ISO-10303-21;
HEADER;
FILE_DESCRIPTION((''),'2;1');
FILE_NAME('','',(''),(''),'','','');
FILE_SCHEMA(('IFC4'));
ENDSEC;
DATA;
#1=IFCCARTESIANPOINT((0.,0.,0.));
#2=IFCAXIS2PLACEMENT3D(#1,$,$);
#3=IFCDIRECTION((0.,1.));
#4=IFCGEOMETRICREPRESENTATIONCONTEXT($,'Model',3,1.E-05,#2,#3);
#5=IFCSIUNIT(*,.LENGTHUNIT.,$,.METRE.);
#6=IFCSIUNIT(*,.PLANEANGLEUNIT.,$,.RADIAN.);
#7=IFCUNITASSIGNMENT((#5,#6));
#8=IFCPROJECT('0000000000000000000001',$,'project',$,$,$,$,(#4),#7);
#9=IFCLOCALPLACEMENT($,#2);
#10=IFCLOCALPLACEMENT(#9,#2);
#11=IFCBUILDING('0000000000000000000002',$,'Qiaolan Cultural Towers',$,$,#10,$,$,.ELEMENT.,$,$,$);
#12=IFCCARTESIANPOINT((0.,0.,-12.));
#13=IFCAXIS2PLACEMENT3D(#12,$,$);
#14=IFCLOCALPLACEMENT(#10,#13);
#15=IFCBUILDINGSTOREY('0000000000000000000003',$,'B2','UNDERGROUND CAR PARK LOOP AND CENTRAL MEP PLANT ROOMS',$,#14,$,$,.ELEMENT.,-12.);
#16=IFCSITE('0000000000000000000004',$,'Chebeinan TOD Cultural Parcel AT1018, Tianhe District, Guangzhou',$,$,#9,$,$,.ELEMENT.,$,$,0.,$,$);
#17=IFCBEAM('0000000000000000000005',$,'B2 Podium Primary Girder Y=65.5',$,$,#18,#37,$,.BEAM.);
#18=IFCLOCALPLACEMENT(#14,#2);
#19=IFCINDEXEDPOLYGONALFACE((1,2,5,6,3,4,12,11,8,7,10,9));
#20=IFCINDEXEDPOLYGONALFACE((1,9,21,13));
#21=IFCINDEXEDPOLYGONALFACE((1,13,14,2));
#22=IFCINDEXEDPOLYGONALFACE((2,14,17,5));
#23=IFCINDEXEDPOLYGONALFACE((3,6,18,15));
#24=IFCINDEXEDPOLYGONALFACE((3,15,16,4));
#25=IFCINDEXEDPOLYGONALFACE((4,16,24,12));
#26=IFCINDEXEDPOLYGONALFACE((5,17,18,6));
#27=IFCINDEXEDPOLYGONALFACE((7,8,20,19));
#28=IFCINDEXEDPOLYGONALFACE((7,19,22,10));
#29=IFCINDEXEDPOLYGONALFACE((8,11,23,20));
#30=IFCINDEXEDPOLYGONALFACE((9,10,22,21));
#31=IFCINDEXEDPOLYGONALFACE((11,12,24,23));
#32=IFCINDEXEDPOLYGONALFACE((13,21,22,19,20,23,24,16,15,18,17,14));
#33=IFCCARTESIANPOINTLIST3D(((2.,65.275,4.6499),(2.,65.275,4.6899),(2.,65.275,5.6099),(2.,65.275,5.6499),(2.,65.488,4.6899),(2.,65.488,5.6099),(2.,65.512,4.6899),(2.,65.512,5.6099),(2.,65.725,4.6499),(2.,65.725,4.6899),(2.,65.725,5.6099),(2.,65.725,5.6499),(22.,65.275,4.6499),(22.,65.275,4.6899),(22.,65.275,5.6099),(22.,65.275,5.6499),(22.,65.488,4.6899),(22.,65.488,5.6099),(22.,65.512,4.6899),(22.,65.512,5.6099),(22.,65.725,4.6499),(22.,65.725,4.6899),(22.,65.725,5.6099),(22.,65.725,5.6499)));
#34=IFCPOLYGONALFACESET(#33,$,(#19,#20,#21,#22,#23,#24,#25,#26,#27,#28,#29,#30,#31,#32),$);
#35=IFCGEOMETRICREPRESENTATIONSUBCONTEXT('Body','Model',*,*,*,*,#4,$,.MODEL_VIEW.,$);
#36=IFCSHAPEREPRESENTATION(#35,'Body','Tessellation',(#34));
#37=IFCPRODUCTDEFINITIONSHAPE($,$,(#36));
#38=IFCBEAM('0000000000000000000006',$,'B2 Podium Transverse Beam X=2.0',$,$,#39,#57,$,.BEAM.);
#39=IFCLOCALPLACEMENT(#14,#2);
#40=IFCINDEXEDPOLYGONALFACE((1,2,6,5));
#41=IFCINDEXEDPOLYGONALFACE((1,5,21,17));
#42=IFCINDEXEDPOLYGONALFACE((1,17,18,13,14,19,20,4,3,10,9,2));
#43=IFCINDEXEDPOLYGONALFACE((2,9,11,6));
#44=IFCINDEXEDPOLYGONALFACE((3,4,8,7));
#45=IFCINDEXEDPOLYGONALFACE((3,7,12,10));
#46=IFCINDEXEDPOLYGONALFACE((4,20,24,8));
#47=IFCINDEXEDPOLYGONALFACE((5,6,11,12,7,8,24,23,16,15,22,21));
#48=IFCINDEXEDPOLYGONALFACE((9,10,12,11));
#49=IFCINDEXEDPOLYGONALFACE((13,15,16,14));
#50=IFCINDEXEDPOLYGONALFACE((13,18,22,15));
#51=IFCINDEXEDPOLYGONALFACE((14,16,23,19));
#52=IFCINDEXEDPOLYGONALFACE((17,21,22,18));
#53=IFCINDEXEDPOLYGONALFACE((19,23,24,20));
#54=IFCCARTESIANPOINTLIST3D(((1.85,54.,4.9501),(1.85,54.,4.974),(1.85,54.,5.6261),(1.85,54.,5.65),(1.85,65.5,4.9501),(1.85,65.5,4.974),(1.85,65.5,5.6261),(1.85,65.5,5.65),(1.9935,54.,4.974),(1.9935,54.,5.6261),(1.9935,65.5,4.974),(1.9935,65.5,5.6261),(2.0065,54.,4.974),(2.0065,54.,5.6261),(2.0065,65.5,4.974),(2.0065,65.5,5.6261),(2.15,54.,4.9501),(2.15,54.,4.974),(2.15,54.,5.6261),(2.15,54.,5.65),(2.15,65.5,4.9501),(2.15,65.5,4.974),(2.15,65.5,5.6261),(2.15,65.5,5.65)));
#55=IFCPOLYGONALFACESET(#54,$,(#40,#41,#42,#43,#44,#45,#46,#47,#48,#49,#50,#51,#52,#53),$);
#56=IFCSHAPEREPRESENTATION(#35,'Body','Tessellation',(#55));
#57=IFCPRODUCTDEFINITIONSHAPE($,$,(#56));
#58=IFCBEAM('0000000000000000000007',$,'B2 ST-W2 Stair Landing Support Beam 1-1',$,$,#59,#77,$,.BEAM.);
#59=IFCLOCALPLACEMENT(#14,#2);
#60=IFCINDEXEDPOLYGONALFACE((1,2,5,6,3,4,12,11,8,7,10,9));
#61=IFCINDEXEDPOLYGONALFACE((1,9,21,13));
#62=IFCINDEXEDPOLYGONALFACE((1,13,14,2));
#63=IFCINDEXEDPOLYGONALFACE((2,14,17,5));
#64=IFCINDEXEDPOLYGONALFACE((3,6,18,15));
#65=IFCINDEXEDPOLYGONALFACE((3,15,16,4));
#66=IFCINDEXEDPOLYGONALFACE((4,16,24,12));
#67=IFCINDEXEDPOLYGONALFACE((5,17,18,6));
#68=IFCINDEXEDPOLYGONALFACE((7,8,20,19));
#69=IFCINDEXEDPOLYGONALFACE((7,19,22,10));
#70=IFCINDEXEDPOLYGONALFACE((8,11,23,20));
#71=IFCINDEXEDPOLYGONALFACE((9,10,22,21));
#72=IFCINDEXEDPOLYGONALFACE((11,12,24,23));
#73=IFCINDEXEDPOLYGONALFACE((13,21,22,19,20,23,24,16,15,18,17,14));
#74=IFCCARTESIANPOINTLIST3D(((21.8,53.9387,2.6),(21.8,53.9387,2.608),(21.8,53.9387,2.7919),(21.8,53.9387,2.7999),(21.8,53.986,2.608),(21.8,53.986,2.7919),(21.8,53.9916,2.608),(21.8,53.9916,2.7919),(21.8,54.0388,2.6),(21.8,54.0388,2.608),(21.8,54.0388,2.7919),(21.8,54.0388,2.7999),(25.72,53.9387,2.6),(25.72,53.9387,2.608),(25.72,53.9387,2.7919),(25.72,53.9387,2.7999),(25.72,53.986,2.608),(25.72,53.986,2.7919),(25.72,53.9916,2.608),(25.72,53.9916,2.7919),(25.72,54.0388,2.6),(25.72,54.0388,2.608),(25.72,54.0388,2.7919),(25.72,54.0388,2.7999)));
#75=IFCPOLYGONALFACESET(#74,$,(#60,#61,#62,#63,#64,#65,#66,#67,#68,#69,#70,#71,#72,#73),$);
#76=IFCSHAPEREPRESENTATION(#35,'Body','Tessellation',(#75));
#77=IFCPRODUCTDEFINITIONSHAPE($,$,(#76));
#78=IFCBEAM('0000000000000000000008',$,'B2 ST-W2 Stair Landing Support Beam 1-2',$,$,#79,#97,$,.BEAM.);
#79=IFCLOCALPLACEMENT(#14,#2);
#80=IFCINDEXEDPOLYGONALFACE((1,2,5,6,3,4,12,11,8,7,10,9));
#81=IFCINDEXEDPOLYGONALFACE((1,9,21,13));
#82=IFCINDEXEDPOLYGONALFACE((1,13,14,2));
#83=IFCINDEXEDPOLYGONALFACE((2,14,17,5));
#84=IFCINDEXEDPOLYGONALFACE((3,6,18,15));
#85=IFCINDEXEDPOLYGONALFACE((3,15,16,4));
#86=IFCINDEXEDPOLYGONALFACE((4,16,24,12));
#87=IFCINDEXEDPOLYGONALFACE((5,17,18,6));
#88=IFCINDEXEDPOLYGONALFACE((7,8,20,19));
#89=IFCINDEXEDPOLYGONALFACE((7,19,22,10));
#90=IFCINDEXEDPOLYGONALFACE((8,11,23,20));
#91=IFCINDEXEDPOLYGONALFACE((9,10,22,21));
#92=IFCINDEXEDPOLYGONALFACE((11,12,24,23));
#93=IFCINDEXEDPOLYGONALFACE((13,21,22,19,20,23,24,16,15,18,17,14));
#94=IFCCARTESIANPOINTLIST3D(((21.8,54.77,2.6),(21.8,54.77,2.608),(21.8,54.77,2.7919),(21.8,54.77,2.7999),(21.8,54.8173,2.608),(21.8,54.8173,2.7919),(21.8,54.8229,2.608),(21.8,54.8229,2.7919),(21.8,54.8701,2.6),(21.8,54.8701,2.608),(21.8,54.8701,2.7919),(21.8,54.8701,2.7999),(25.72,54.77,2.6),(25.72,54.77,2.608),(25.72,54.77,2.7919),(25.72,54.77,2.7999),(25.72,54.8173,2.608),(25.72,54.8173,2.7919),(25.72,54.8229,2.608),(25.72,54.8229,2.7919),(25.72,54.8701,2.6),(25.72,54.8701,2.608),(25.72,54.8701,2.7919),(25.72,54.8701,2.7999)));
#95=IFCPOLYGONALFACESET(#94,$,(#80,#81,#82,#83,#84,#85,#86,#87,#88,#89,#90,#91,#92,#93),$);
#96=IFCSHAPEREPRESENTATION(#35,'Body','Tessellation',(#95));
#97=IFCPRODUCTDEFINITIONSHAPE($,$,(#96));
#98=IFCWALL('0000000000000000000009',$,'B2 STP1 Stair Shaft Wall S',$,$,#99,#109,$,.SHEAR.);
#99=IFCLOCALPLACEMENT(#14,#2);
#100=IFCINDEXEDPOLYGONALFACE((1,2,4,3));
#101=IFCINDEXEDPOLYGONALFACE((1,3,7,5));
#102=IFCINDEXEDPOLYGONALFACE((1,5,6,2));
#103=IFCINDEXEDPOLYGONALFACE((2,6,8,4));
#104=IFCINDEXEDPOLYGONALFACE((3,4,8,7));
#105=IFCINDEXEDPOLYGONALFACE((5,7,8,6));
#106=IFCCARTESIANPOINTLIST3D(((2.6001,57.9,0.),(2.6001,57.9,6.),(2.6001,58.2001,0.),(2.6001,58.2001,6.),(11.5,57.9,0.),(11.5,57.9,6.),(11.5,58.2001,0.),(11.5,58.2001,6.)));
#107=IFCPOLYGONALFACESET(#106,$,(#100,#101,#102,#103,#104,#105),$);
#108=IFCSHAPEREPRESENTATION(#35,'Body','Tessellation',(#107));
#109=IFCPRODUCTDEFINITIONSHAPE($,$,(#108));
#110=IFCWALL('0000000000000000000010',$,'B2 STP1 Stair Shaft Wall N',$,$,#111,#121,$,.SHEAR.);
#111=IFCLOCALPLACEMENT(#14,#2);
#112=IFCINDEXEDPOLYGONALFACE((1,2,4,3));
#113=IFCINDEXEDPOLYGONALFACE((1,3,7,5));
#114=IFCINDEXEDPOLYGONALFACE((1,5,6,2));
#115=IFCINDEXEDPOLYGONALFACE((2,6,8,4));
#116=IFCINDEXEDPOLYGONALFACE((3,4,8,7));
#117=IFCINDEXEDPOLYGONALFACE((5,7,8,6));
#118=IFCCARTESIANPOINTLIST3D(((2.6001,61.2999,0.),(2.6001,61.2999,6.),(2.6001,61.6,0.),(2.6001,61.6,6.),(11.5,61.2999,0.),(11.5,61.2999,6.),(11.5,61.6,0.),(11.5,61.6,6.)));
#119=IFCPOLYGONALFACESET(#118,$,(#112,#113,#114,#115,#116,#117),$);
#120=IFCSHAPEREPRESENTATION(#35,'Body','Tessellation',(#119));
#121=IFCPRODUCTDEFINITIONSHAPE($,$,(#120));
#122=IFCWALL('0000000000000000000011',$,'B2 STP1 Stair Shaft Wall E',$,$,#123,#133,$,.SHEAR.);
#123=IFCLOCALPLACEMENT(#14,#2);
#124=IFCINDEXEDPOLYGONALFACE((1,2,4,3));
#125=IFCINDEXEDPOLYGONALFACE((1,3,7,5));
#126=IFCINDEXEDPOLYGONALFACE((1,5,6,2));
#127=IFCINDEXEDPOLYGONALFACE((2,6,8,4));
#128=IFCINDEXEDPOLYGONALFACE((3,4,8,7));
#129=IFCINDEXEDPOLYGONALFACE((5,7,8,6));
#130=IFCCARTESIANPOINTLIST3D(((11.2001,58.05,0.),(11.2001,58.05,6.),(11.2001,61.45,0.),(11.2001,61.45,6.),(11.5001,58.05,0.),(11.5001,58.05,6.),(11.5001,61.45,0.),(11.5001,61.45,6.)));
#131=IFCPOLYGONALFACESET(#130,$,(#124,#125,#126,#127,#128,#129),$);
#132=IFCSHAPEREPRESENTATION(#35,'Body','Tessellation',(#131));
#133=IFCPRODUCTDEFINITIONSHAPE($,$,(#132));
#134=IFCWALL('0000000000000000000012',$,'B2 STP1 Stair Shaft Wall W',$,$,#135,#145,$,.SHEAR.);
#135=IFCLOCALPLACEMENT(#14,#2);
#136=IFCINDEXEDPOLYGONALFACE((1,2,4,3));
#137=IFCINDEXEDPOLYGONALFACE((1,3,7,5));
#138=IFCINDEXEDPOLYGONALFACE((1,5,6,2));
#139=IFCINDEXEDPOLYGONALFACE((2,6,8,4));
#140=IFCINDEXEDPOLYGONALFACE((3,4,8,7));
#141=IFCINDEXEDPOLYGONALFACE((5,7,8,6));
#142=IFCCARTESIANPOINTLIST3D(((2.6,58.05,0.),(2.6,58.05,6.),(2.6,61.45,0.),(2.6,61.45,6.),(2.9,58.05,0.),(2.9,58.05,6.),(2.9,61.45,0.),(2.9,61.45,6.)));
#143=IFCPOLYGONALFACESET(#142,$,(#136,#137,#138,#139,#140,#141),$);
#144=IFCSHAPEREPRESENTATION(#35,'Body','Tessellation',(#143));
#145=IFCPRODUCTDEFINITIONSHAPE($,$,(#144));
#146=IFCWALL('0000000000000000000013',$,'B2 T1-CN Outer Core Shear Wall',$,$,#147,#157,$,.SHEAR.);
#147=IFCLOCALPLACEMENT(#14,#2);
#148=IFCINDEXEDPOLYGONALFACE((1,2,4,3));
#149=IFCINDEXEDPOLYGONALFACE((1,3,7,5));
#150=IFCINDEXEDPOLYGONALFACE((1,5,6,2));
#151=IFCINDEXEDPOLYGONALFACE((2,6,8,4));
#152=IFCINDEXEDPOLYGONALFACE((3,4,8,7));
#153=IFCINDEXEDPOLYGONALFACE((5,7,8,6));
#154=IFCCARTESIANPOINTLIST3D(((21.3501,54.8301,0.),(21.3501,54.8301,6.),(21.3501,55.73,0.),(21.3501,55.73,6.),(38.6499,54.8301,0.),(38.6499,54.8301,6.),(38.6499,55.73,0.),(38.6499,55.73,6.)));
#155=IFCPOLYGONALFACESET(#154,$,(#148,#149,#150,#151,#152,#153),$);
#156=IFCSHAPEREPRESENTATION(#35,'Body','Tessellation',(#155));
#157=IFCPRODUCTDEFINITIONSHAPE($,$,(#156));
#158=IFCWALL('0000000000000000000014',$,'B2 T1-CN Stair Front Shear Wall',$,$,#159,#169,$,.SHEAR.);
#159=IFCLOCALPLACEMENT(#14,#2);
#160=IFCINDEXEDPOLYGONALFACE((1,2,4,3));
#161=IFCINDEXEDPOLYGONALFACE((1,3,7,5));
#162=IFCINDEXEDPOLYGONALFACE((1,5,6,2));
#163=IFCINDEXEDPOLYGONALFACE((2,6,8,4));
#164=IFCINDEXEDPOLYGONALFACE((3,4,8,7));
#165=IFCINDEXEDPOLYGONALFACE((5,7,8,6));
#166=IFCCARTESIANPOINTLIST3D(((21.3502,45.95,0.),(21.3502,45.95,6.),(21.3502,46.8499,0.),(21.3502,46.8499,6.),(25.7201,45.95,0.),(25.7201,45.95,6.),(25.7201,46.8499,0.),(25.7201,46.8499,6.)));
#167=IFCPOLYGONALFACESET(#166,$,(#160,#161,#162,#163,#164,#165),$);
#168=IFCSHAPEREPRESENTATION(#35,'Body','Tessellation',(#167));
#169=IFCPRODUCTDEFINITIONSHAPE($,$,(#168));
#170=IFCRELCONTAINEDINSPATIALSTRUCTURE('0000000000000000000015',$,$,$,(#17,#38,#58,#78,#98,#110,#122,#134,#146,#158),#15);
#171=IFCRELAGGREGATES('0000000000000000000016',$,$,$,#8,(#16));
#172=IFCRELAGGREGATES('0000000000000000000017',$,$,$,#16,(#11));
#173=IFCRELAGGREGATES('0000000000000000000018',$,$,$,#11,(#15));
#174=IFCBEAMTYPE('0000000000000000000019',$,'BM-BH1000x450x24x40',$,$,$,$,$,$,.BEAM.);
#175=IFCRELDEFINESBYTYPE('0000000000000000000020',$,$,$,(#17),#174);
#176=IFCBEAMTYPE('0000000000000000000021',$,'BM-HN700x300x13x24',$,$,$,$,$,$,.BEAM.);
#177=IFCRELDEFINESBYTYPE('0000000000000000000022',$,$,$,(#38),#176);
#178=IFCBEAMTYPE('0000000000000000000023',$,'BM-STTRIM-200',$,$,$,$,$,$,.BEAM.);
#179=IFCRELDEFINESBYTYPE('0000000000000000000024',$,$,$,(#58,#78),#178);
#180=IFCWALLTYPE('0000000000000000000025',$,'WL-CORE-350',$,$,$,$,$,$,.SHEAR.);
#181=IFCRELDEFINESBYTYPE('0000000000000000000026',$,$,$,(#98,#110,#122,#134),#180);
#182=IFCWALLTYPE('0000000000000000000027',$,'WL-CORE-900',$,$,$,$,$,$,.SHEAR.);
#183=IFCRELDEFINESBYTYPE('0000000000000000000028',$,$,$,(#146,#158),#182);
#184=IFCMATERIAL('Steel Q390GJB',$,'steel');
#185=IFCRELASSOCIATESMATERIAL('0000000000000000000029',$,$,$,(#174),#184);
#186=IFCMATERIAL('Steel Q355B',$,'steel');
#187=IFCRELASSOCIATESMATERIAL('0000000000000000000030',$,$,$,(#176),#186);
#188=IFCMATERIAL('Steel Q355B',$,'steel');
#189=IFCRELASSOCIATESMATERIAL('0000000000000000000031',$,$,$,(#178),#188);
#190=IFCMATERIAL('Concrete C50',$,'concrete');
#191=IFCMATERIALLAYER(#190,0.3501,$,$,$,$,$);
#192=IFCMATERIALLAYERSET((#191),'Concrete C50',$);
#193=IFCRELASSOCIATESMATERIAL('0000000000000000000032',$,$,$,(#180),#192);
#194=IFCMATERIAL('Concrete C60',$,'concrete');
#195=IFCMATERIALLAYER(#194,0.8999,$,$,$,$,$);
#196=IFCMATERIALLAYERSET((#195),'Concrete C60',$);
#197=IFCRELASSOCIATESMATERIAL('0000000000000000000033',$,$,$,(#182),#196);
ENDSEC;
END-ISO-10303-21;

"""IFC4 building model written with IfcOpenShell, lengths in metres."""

from ifc_helpers import new_model, si_unit, direction, frame, frame_2d, origin, origin_2d, place, context, subcontext, project, spatial, rectangle, i_section, extrude, material, layer, layer_set, material_profile, profile_set, type_object, element, save


model = new_model("IFC4")

# Units and contexts
model_context = context("Model", 3, precision=1e-05, world=origin(), true_north=direction((0.0, 1.0)))
body_context = subcontext(model_context, "Body", "Model", "MODEL_VIEW")
ifc_project = project(units=[si_unit("LENGTHUNIT", "METRE"), si_unit("PLANEANGLEUNIT", "RADIAN")], contexts=[model_context])

# Site, building, storey
site_placement = place(None, origin())
site = spatial("IfcSite", under=ifc_project, at=site_placement, Name="Chebeinan TOD Cultural Parcel AT1018, Tianhe District, Guangzhou", CompositionType="ELEMENT", RefElevation=0.0)
building_placement = place(site_placement, origin())
building = spatial("IfcBuilding", under=site, at=building_placement, Name="Qiaolan Cultural Towers", CompositionType="ELEMENT")
storey_placement = place(building_placement, frame((0.0, 0.0, -12.0)))
storey = spatial("IfcBuildingStorey", under=building, at=storey_placement, Name="B2", Description="UNDERGROUND CAR PARK LOOP AND CENTRAL MEP PLANT ROOMS", CompositionType="ELEMENT", Elevation=-12.0)

# Beams
ifc_material_1 = material(Name="Steel Q390GJB", Category="steel")
ifc_material_profile_1 = material_profile(ifc_material_1, i_section(OverallWidth=0.45, OverallDepth=1.0, WebThickness=0.0239, FlangeThickness=0.04, at=origin_2d()), Name="BH1000x450x24x40")
ifc_profile_set_1 = profile_set([ifc_material_profile_1], Name="Steel Q390GJB")
beam_type_1 = type_object("IfcBeamType", Name="BM-BH1000x450x24x40", PredefinedType="BEAM", material=ifc_profile_set_1)
beam_1_placement = place(storey_placement, frame((2.0, 65.5, 5.1499), z_axis=(1.0, 0.0, 0.0), x_axis=(0.0, 1.0, 0.0)))
element("IfcBeam", 1, at=beam_1_placement, inside=storey, type_object=beam_type_1, Name="B2 Podium Primary Girder Y=65.5", PredefinedType="BEAM", context=body_context, shape_type="SweptSolid", body=[
    extrude(i_section(OverallWidth=0.45, OverallDepth=1.0, WebThickness=0.0239, FlangeThickness=0.04, at=origin_2d()), origin(), (0.0, 0.0, 1.0), 20.0),
])
ifc_material_2 = material(Name="Steel Q355B", Category="steel")
ifc_material_profile_2 = material_profile(ifc_material_2, i_section(OverallWidth=0.3, OverallDepth=0.7, WebThickness=0.0129, FlangeThickness=0.0239, at=origin_2d()), Name="HN700x300x13x24")
ifc_profile_set_2 = profile_set([ifc_material_profile_2], Name="Steel Q355B")
beam_type_2 = type_object("IfcBeamType", Name="BM-HN700x300x13x24", PredefinedType="BEAM", material=ifc_profile_set_2)
beam_2_placement = place(storey_placement, frame((2.0, 54.0, 5.3), z_axis=(0.0, 1.0, 0.0), x_axis=(-1.0, 0.0, 0.0)))
element("IfcBeam", 2, at=beam_2_placement, inside=storey, type_object=beam_type_2, Name="B2 Podium Transverse Beam X=2.0", PredefinedType="BEAM", context=body_context, shape_type="SweptSolid", body=[
    extrude(i_section(OverallWidth=0.3, OverallDepth=0.7, WebThickness=0.0129, FlangeThickness=0.0239, at=origin_2d()), origin(), (0.0, 0.0, 1.0), 11.5),
])
ifc_material_3 = material(Name="Steel Q355B", Category="steel")
ifc_material_profile_3 = material_profile(ifc_material_3, i_section(OverallWidth=0.1001, OverallDepth=0.2, WebThickness=0.0056, FlangeThickness=0.0081, at=origin_2d()), Name="HN200x100x5.5x8")
ifc_profile_set_3 = profile_set([ifc_material_profile_3], Name="Steel Q355B")
beam_type_3 = type_object("IfcBeamType", Name="BM-STTRIM-200", PredefinedType="BEAM", material=ifc_profile_set_3)
for number, where, z_axis, x_axis, name in (
    (3, (21.8, 53.9888, 2.7), (1.0, 0.0, 0.0), (0.0, 1.0, 0.0), "B2 ST-W2 Stair Landing Support Beam 1-1"),
    (4, (21.8, 54.8201, 2.7), (1.0, 0.0, 0.0), (0.0, 1.0, 0.0), "B2 ST-W2 Stair Landing Support Beam 1-2"),
):
    element("IfcBeam", number, at=place(storey_placement, frame(where, z_axis=z_axis, x_axis=x_axis)), inside=storey, type_object=beam_type_3, Name=name, PredefinedType="BEAM", context=body_context, shape_type="SweptSolid", body=[
        extrude(i_section(OverallWidth=0.1001, OverallDepth=0.2, WebThickness=0.0056, FlangeThickness=0.0081, at=origin_2d()), origin(), (0.0, 0.0, 1.0), 3.9199),
    ])

# Walls
ifc_material_4 = material(Name="Concrete C50", Category="concrete")
ifc_layer_1 = layer(ifc_material_4, 0.3501)
ifc_layer_set_1 = layer_set([ifc_layer_1], Name="Concrete C50")
wall_type_1 = type_object("IfcWallType", Name="WL-CORE-350", PredefinedType="SHEAR", material=ifc_layer_set_1)
for number, where, z_axis, x_axis, name in (
    (5, (2.6001, 58.05, 0.0), (0.0, 0.0, 1.0), (1.0, 0.0, 0.0), "B2 STP1 Stair Shaft Wall S"),
    (6, (2.6001, 61.45, 0.0), (0.0, 0.0, 1.0), (1.0, 0.0, 0.0), "B2 STP1 Stair Shaft Wall N"),
):
    element("IfcWall", number, at=place(storey_placement, frame(where, z_axis=z_axis, x_axis=x_axis)), inside=storey, type_object=wall_type_1, Name=name, PredefinedType="SHEAR", context=body_context, shape_type="SweptSolid", body=[
        extrude(rectangle(XDim=8.8999, YDim=0.3, at=frame_2d((4.45, 0.0))), origin(), (0.0, 0.0, 1.0), 6.0),
    ])
for number, where, z_axis, x_axis, name in (
    (7, (11.3501, 58.05, 0.0), (0.0, 0.0, 1.0), (0.0, 1.0, 0.0), "B2 STP1 Stair Shaft Wall E"),
    (8, (2.75, 58.05, 0.0), (0.0, 0.0, 1.0), (0.0, 1.0, 0.0), "B2 STP1 Stair Shaft Wall W"),
):
    element("IfcWall", number, at=place(storey_placement, frame(where, z_axis=z_axis, x_axis=x_axis)), inside=storey, type_object=wall_type_1, Name=name, PredefinedType="SHEAR", context=body_context, shape_type="SweptSolid", body=[
        extrude(rectangle(XDim=3.3999, YDim=0.3, at=frame_2d((1.7, 0.0))), origin(), (0.0, 0.0, 1.0), 6.0),
    ])
ifc_material_5 = material(Name="Concrete C60", Category="concrete")
ifc_layer_2 = layer(ifc_material_5, 0.8999)
ifc_layer_set_2 = layer_set([ifc_layer_2], Name="Concrete C60")
wall_type_2 = type_object("IfcWallType", Name="WL-CORE-900", PredefinedType="SHEAR", material=ifc_layer_set_2)
wall_1_placement = place(storey_placement, frame((21.3501, 55.28, 0.0), z_axis=(0.0, 0.0, 1.0), x_axis=(1.0, 0.0, 0.0)))
element("IfcWall", 9, at=wall_1_placement, inside=storey, type_object=wall_type_2, Name="B2 T1-CN Outer Core Shear Wall", PredefinedType="SHEAR", context=body_context, shape_type="SweptSolid", body=[
    extrude(rectangle(XDim=17.2998, YDim=0.8999, at=frame_2d((8.6499, 0.0))), origin(), (0.0, 0.0, 1.0), 6.0),
])
wall_2_placement = place(storey_placement, frame((21.3501, 46.3999, 0.0), z_axis=(0.0, 0.0, 1.0), x_axis=(1.0, 0.0, 0.0)))
element("IfcWall", 10, at=wall_2_placement, inside=storey, type_object=wall_type_2, Name="B2 T1-CN Stair Front Shear Wall", PredefinedType="SHEAR", context=body_context, shape_type="SweptSolid", body=[
    extrude(rectangle(XDim=4.3699, YDim=0.8999, at=frame_2d((2.1851, 0.0))), origin(), (0.0, 0.0, 1.0), 6.0),
])

save(model, "model.ifc")
